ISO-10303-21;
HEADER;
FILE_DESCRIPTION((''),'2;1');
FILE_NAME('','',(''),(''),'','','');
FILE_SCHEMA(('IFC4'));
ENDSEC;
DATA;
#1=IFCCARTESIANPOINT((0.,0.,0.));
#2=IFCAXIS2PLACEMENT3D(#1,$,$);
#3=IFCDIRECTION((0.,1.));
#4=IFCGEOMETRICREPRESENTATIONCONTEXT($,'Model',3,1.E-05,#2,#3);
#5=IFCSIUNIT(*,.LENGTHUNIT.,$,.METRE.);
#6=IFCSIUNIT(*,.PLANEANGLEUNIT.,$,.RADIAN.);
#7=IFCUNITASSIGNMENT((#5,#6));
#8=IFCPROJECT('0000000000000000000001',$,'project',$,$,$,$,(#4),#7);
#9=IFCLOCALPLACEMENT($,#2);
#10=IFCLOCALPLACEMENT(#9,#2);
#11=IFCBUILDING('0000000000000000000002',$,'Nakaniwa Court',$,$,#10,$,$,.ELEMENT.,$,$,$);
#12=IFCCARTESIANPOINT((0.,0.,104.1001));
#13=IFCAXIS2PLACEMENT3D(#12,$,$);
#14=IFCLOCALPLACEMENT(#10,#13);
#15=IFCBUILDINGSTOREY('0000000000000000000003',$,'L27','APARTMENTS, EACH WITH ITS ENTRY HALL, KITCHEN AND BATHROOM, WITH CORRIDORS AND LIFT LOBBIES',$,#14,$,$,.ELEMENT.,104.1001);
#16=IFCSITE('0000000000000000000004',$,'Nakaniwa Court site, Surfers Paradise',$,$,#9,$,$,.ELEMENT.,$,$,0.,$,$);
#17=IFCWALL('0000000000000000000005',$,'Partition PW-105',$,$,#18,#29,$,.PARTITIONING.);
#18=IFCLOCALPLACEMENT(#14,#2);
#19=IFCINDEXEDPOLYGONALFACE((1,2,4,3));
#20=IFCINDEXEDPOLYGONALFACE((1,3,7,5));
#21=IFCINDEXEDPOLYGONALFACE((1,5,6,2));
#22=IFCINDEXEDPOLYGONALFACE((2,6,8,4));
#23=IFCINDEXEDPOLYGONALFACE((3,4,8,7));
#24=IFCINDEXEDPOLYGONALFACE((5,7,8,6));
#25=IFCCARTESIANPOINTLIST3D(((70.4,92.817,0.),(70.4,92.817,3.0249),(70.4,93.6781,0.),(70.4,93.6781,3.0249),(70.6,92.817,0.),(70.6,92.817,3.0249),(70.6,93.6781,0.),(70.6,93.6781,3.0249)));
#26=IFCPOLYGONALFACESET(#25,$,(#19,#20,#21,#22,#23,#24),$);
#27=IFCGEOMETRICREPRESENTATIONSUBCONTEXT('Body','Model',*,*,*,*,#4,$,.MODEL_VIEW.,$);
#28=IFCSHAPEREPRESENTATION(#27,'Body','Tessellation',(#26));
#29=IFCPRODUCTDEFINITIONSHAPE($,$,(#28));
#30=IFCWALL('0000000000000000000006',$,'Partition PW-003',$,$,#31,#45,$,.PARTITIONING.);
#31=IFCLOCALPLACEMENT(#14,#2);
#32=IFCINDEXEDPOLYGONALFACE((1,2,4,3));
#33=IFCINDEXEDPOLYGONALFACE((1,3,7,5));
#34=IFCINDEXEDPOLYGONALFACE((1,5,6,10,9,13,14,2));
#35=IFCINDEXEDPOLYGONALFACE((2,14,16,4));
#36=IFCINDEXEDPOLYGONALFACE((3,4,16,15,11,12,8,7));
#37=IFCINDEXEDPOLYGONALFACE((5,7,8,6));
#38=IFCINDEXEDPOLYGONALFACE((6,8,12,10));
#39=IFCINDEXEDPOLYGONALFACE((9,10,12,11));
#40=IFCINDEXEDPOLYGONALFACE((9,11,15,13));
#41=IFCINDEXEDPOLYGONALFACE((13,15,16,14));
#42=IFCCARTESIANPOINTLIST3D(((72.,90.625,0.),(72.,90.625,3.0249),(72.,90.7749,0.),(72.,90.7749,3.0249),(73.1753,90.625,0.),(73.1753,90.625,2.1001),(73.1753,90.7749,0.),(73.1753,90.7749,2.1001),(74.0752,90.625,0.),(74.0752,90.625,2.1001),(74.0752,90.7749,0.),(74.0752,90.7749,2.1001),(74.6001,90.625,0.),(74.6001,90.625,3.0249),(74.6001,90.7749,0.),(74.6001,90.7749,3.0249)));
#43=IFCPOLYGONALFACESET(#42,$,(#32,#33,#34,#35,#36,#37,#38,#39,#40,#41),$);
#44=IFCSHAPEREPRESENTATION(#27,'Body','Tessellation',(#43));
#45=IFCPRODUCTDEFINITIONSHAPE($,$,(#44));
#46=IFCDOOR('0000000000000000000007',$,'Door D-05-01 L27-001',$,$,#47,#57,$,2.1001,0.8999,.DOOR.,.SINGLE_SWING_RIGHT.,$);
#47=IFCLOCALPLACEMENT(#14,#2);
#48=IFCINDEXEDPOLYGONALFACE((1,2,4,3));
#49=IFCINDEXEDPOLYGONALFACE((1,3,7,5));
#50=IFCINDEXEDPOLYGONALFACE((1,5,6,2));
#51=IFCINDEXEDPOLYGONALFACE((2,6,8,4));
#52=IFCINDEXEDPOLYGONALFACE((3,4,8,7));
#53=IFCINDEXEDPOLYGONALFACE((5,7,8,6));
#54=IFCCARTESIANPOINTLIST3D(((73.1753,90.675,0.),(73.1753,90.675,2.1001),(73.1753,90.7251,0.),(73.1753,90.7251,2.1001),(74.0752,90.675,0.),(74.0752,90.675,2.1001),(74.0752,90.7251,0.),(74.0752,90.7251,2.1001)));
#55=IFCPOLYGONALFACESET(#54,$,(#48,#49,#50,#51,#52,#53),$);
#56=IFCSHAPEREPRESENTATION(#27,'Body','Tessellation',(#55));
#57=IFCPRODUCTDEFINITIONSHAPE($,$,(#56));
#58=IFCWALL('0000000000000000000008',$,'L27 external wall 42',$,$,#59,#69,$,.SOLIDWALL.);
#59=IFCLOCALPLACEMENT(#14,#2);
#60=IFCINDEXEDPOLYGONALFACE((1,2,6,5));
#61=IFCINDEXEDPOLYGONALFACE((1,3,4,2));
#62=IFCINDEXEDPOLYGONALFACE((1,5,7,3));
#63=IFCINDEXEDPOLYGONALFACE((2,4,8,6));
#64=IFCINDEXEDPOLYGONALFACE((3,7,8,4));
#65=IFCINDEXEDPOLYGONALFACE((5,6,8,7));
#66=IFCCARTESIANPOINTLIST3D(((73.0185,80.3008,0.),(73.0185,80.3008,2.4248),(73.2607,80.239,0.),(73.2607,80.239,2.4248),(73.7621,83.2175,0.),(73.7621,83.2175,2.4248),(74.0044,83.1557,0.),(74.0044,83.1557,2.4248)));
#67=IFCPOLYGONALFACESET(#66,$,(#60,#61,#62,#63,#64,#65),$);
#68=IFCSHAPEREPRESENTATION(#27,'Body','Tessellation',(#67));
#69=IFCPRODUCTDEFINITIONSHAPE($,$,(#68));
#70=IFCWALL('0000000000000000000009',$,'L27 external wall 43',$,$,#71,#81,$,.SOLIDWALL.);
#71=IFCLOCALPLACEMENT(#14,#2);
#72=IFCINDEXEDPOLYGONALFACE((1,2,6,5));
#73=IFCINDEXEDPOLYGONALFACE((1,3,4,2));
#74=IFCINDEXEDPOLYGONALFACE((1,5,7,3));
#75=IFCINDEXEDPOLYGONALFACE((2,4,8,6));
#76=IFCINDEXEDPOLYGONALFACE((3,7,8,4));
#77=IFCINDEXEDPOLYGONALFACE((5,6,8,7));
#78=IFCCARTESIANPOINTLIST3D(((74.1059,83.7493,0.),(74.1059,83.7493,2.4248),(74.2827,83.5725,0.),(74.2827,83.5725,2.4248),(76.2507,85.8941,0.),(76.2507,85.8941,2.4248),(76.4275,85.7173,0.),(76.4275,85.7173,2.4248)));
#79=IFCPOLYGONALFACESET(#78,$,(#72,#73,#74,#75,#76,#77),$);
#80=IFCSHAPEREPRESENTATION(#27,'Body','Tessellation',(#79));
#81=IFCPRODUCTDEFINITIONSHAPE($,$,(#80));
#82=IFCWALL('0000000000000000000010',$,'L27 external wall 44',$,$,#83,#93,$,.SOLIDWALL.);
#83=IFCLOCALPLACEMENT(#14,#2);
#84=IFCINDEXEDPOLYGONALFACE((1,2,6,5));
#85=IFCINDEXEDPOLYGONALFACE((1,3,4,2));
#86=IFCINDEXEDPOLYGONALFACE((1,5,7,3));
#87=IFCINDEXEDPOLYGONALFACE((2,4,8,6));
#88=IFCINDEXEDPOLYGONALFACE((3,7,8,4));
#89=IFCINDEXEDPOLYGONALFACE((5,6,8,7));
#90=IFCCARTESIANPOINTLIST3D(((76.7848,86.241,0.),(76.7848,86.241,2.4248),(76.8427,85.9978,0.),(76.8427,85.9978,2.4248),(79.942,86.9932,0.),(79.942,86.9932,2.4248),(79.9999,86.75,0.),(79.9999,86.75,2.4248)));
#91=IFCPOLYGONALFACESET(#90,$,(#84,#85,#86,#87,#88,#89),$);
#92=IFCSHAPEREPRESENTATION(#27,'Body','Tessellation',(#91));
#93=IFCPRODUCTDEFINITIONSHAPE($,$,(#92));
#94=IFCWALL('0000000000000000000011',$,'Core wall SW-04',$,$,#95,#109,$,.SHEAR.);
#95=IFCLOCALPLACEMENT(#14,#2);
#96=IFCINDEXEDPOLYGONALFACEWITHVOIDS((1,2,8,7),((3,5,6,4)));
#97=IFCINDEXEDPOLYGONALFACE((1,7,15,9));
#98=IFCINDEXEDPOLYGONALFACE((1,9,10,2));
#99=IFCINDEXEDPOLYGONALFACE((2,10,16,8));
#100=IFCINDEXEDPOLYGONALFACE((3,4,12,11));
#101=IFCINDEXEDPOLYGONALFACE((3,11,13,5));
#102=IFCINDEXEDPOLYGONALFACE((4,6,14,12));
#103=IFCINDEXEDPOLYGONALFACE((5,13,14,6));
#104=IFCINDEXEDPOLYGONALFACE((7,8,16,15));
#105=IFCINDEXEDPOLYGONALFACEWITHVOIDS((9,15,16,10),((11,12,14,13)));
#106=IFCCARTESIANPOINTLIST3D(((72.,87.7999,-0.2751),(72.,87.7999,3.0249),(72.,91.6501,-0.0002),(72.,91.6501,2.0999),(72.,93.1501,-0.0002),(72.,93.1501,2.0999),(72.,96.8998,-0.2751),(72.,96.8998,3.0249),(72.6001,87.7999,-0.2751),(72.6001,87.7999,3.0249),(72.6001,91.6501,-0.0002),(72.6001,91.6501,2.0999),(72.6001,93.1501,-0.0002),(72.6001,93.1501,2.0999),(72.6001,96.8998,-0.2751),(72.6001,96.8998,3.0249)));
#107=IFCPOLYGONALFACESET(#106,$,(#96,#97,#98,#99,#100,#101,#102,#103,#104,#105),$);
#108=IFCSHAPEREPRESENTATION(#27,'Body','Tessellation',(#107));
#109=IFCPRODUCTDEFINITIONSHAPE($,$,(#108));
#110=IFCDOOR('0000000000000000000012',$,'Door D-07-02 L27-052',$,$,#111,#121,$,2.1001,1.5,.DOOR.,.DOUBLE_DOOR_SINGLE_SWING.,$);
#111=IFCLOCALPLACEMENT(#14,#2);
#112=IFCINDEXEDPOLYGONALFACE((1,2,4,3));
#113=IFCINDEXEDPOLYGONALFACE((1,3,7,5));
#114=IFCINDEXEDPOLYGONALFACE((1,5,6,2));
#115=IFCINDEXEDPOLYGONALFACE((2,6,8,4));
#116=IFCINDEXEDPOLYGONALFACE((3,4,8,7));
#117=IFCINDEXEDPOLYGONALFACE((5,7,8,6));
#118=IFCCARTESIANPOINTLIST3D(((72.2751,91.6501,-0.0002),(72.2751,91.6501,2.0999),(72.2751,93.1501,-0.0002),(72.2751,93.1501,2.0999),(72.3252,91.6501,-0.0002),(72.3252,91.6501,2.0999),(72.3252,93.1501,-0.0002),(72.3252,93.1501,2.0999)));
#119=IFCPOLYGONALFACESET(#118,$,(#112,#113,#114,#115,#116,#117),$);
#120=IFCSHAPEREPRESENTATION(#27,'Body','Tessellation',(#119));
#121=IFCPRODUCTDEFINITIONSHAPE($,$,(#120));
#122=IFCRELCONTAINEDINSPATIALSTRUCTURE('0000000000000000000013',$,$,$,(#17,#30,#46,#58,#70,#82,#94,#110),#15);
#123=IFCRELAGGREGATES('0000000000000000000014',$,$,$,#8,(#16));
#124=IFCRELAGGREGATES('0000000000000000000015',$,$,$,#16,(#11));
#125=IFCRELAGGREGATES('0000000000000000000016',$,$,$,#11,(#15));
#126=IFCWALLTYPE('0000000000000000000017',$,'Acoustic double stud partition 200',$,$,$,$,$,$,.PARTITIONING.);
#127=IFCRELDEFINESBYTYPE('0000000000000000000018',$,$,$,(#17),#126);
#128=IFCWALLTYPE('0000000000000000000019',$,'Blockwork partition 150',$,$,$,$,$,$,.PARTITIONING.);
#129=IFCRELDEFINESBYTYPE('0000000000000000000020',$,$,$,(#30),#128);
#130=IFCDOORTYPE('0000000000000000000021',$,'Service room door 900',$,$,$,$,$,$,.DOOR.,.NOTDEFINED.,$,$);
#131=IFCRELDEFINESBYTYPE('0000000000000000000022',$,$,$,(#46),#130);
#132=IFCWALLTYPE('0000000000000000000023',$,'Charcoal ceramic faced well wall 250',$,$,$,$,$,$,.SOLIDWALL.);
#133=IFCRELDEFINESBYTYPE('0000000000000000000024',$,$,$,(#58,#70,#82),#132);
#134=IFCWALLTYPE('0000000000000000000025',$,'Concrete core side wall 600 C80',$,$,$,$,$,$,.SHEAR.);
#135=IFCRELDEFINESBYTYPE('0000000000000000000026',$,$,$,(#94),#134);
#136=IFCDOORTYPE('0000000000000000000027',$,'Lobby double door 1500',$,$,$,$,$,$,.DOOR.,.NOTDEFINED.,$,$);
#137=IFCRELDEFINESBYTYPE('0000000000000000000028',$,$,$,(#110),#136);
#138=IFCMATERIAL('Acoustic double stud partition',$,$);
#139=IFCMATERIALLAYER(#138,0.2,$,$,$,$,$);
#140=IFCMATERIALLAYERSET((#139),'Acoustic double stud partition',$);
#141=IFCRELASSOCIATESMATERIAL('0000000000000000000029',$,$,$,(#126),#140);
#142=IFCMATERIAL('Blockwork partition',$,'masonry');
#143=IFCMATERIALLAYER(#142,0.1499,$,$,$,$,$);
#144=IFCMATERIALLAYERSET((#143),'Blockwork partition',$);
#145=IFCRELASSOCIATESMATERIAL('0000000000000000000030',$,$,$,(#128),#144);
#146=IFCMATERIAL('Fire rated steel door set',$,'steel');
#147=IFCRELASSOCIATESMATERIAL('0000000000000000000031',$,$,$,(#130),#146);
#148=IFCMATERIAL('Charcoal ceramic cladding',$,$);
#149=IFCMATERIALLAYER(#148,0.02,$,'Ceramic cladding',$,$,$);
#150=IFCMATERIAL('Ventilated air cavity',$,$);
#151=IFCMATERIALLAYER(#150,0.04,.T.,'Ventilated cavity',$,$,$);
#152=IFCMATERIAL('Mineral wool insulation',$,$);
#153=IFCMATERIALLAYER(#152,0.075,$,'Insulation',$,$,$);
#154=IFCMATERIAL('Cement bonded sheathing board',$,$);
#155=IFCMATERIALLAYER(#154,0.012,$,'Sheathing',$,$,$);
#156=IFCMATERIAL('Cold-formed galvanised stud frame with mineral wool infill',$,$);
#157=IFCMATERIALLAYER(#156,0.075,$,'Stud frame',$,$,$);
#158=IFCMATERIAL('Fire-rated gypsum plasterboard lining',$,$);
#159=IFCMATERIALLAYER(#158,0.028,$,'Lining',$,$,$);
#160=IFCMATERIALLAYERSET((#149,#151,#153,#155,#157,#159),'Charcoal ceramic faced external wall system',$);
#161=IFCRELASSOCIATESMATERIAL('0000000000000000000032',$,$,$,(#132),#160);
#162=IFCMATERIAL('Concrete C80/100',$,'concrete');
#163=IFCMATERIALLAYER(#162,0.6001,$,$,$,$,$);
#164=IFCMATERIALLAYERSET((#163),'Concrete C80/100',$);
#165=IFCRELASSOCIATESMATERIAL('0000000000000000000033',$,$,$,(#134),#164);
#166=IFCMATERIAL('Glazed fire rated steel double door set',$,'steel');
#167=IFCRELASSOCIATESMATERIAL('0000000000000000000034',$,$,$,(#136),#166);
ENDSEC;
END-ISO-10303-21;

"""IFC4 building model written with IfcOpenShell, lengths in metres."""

from ifc_helpers import new_model, si_unit, direction, frame, frame_2d, origin, place, context, subcontext, project, spatial, rectangle, extrude, material, layer, layer_set, type_object, element, fill, save


model = new_model("IFC4")

# Units and contexts
model_context = context("Model", 3, precision=1e-05, world=origin(), true_north=direction((0.0, 1.0)))
body_context = subcontext(model_context, "Body", "Model", "MODEL_VIEW")
ifc_project = project(units=[si_unit("LENGTHUNIT", "METRE"), si_unit("PLANEANGLEUNIT", "RADIAN")], contexts=[model_context])

# Site, building, storey
site_placement = place(None, origin())
site = spatial("IfcSite", under=ifc_project, at=site_placement, Name="Nakaniwa Court site, Surfers Paradise", CompositionType="ELEMENT", RefElevation=0.0)
building_placement = place(site_placement, origin())
building = spatial("IfcBuilding", under=site, at=building_placement, Name="Nakaniwa Court", CompositionType="ELEMENT")
storey_placement = place(building_placement, frame((0.0, 0.0, 104.1001)))
storey = spatial("IfcBuildingStorey", under=building, at=storey_placement, Name="L27", Description="APARTMENTS, EACH WITH ITS ENTRY HALL, KITCHEN AND BATHROOM, WITH CORRIDORS AND LIFT LOBBIES", CompositionType="ELEMENT", Elevation=104.1001)

# Shared definitions
ifc_material_1 = material(Name="Concrete C80/100", Category="concrete")

# Shared definitions
ifc_material_2 = material(Name="Acoustic double stud partition")
ifc_layer_1 = layer(ifc_material_2, 0.2)
ifc_layer_set_1 = layer_set([ifc_layer_1], Name="Acoustic double stud partition")
wall_type_1 = type_object("IfcWallType", Name="Acoustic double stud partition 200", PredefinedType="PARTITIONING", material=ifc_layer_set_1)

# Wall
wall_1_placement = place(storey_placement, frame((70.5, 92.8169, 0.0), z_axis=(0.0, 0.0, 1.0), x_axis=(0.0, 1.0, 0.0)))
element("IfcWall", 1, at=wall_1_placement, inside=storey, type_object=wall_type_1, Name="Partition PW-105", PredefinedType="PARTITIONING", context=body_context, shape_type="SweptSolid", body=[
    extrude(rectangle(XDim=0.8611, YDim=0.2, at=frame_2d((0.4307, 0.0))), origin(), (0.0, 0.0, 1.0), 3.0249),
])

# Wall, opening, door
ifc_material_3 = material(Name="Blockwork partition", Category="masonry")
ifc_layer_2 = layer(ifc_material_3, 0.1499)
ifc_layer_set_2 = layer_set([ifc_layer_2], Name="Blockwork partition")
wall_type_2 = type_object("IfcWallType", Name="Blockwork partition 150", PredefinedType="PARTITIONING", material=ifc_layer_set_2)
wall_2_placement = place(storey_placement, frame((74.6001, 90.7, 0.0), z_axis=(0.0, 0.0, 1.0), x_axis=(-1.0, 0.0, 0.0)))
wall_2 = element("IfcWall", 2, at=wall_2_placement, inside=storey, type_object=wall_type_2, Name="Partition PW-003", PredefinedType="PARTITIONING", context=body_context, shape_type="SweptSolid", body=[
    extrude(rectangle(XDim=2.6001, YDim=0.1499, at=frame_2d((1.3, 0.0))), origin(), (0.0, 0.0, 1.0), 3.0249),
])
opening_1_placement = place(wall_2_placement, frame((0.5249, 0.0, 0.0)))
opening_1 = element("IfcOpeningElement", 3, at=opening_1_placement, cuts=wall_2, PredefinedType="OPENING", context=body_context, shape_type="SweptSolid", body=[
    extrude(rectangle(XDim=0.8999, YDim=2.1001, at=frame_2d((0.45, 1.05))), frame((0.0, 0.085, 0.0), z_axis=(0.0, -1.0, 0.0), x_axis=(1.0, 0.0, 0.0)), (0.0, 0.0, 1.0), 0.1699),
])
ifc_material_4 = material(Name="Fire rated steel door set", Category="steel")
door_type_1 = type_object("IfcDoorType", Name="Service room door 900", OperationType="NOTDEFINED", PredefinedType="DOOR", material=ifc_material_4)
door_1_placement = place(opening_1_placement, origin())
door_1 = element("IfcDoor", 4, at=door_1_placement, inside=storey, type_object=door_type_1, Name="Door D-05-01 L27-001", OperationType="SINGLE_SWING_RIGHT", OverallHeight=2.1001, OverallWidth=0.8999, PredefinedType="DOOR", context=body_context, shape_type="SweptSolid", body=[
    extrude(rectangle(XDim=0.8999, YDim=2.1001, at=frame_2d((0.45, 1.05))), frame((0.0, 0.0249, 0.0), z_axis=(0.0, -1.0, 0.0), x_axis=(1.0, 0.0, 0.0)), (0.0, 0.0, 1.0), 0.05),
])
fill(opening_1, door_1)

# Walls
ifc_material_5 = material(Name="Charcoal ceramic cladding")
ifc_layer_3 = layer(ifc_material_5, 0.02, Name="Ceramic cladding")
ifc_material_6 = material(Name="Ventilated air cavity")
ifc_layer_4 = layer(ifc_material_6, 0.04, ventilated=True, Name="Ventilated cavity")
ifc_material_7 = material(Name="Mineral wool insulation")
ifc_layer_5 = layer(ifc_material_7, 0.075, Name="Insulation")
ifc_material_8 = material(Name="Cement bonded sheathing board")
ifc_layer_6 = layer(ifc_material_8, 0.012, Name="Sheathing")
ifc_material_9 = material(Name="Cold-formed galvanised stud frame with mineral wool infill")
ifc_layer_7 = layer(ifc_material_9, 0.075, Name="Stud frame")
ifc_material_10 = material(Name="Fire-rated gypsum plasterboard lining")
ifc_layer_8 = layer(ifc_material_10, 0.028, Name="Lining")
ifc_layer_set_3 = layer_set([ifc_layer_3, ifc_layer_4, ifc_layer_5, ifc_layer_6, ifc_layer_7, ifc_layer_8], Name="Charcoal ceramic faced external wall system")
wall_type_3 = type_object("IfcWallType", Name="Charcoal ceramic faced well wall 250", PredefinedType="SOLIDWALL", material=ifc_layer_set_3)
wall_3_placement = place(storey_placement, frame((73.1396, 80.27, 0.0), z_axis=(0.0, 0.0, 1.0), x_axis=(0.247056, 0.969001, 0.0)))
element("IfcWall", 5, at=wall_3_placement, inside=storey, type_object=wall_type_3, Name="L27 external wall 42", PredefinedType="SOLIDWALL", context=body_context, shape_type="SweptSolid", body=[
    extrude(rectangle(XDim=3.01, YDim=0.25, at=frame_2d((1.5049, 0.0))), origin(), (0.0, 0.0, 1.0), 2.4248),
])
wall_4_placement = place(storey_placement, frame((74.1943, 83.6609, 0.0), z_axis=(0.0, 0.0, 1.0), x_axis=(0.707107, 0.707107, 0.0)))
element("IfcWall", 6, at=wall_4_placement, inside=storey, type_object=wall_type_3, Name="L27 external wall 43", PredefinedType="SOLIDWALL", context=body_context, shape_type="SweptSolid", body=[
    extrude(rectangle(XDim=3.0332, YDim=0.25, at=frame_2d((1.5166, 0.0))), origin(), (0.0, 0.0, 1.0), 2.4248),
])
wall_5_placement = place(storey_placement, frame((76.8137, 86.1194, 0.0), z_axis=(0.0, 0.0, 1.0), x_axis=(0.972773, 0.23176, 0.0)))
element("IfcWall", 7, at=wall_5_placement, inside=storey, type_object=wall_type_3, Name="L27 external wall 44", PredefinedType="SOLIDWALL", context=body_context, shape_type="SweptSolid", body=[
    extrude(rectangle(XDim=3.2456, YDim=0.25, at=frame_2d((1.6228, 0.0))), origin(), (0.0, 0.0, 1.0), 2.4248),
])

# Wall, opening, door
ifc_layer_9 = layer(ifc_material_1, 0.6001)
ifc_layer_set_4 = layer_set([ifc_layer_9], Name="Concrete C80/100")
wall_type_4 = type_object("IfcWallType", Name="Concrete core side wall 600 C80", PredefinedType="SHEAR", material=ifc_layer_set_4)
wall_6_placement = place(storey_placement, frame((72.3, 87.8, -0.2751), z_axis=(0.0, 0.0, 1.0), x_axis=(0.0, 1.0, 0.0)))
wall_6 = element("IfcWall", 8, at=wall_6_placement, inside=storey, type_object=wall_type_4, Name="Core wall SW-04", PredefinedType="SHEAR", context=body_context, shape_type="SweptSolid", body=[
    extrude(rectangle(XDim=9.0999, YDim=0.6001, at=frame_2d((4.5498, 0.0))), origin(), (0.0, 0.0, 1.0), 3.3),
])
opening_2_placement = place(wall_6_placement, frame((3.8501, 0.0, 0.2749)))
opening_2 = element("IfcOpeningElement", 9, at=opening_2_placement, cuts=wall_6, PredefinedType="OPENING", context=body_context, shape_type="SweptSolid", body=[
    extrude(rectangle(XDim=1.5, YDim=2.1001, at=frame_2d((0.75, 1.05))), frame((0.0, 0.3101, 0.0), z_axis=(0.0, -1.0, 0.0), x_axis=(1.0, 0.0, 0.0)), (0.0, 0.0, 1.0), 0.6201),
])
ifc_material_11 = material(Name="Glazed fire rated steel double door set", Category="steel")
door_type_2 = type_object("IfcDoorType", Name="Lobby double door 1500", OperationType="NOTDEFINED", PredefinedType="DOOR", material=ifc_material_11)
door_2_placement = place(opening_2_placement, origin())
door_2 = element("IfcDoor", 10, at=door_2_placement, inside=storey, type_object=door_type_2, Name="Door D-07-02 L27-052", OperationType="DOUBLE_DOOR_SINGLE_SWING", OverallHeight=2.1001, OverallWidth=1.5, PredefinedType="DOOR", context=body_context, shape_type="SweptSolid", body=[
    extrude(rectangle(XDim=1.5, YDim=2.1001, at=frame_2d((0.75, 1.05))), frame((0.0, 0.0249, 0.0), z_axis=(0.0, -1.0, 0.0), x_axis=(1.0, 0.0, 0.0)), (0.0, 0.0, 1.0), 0.05),
])
fill(opening_2, door_2)

save(model, "model.ifc")
